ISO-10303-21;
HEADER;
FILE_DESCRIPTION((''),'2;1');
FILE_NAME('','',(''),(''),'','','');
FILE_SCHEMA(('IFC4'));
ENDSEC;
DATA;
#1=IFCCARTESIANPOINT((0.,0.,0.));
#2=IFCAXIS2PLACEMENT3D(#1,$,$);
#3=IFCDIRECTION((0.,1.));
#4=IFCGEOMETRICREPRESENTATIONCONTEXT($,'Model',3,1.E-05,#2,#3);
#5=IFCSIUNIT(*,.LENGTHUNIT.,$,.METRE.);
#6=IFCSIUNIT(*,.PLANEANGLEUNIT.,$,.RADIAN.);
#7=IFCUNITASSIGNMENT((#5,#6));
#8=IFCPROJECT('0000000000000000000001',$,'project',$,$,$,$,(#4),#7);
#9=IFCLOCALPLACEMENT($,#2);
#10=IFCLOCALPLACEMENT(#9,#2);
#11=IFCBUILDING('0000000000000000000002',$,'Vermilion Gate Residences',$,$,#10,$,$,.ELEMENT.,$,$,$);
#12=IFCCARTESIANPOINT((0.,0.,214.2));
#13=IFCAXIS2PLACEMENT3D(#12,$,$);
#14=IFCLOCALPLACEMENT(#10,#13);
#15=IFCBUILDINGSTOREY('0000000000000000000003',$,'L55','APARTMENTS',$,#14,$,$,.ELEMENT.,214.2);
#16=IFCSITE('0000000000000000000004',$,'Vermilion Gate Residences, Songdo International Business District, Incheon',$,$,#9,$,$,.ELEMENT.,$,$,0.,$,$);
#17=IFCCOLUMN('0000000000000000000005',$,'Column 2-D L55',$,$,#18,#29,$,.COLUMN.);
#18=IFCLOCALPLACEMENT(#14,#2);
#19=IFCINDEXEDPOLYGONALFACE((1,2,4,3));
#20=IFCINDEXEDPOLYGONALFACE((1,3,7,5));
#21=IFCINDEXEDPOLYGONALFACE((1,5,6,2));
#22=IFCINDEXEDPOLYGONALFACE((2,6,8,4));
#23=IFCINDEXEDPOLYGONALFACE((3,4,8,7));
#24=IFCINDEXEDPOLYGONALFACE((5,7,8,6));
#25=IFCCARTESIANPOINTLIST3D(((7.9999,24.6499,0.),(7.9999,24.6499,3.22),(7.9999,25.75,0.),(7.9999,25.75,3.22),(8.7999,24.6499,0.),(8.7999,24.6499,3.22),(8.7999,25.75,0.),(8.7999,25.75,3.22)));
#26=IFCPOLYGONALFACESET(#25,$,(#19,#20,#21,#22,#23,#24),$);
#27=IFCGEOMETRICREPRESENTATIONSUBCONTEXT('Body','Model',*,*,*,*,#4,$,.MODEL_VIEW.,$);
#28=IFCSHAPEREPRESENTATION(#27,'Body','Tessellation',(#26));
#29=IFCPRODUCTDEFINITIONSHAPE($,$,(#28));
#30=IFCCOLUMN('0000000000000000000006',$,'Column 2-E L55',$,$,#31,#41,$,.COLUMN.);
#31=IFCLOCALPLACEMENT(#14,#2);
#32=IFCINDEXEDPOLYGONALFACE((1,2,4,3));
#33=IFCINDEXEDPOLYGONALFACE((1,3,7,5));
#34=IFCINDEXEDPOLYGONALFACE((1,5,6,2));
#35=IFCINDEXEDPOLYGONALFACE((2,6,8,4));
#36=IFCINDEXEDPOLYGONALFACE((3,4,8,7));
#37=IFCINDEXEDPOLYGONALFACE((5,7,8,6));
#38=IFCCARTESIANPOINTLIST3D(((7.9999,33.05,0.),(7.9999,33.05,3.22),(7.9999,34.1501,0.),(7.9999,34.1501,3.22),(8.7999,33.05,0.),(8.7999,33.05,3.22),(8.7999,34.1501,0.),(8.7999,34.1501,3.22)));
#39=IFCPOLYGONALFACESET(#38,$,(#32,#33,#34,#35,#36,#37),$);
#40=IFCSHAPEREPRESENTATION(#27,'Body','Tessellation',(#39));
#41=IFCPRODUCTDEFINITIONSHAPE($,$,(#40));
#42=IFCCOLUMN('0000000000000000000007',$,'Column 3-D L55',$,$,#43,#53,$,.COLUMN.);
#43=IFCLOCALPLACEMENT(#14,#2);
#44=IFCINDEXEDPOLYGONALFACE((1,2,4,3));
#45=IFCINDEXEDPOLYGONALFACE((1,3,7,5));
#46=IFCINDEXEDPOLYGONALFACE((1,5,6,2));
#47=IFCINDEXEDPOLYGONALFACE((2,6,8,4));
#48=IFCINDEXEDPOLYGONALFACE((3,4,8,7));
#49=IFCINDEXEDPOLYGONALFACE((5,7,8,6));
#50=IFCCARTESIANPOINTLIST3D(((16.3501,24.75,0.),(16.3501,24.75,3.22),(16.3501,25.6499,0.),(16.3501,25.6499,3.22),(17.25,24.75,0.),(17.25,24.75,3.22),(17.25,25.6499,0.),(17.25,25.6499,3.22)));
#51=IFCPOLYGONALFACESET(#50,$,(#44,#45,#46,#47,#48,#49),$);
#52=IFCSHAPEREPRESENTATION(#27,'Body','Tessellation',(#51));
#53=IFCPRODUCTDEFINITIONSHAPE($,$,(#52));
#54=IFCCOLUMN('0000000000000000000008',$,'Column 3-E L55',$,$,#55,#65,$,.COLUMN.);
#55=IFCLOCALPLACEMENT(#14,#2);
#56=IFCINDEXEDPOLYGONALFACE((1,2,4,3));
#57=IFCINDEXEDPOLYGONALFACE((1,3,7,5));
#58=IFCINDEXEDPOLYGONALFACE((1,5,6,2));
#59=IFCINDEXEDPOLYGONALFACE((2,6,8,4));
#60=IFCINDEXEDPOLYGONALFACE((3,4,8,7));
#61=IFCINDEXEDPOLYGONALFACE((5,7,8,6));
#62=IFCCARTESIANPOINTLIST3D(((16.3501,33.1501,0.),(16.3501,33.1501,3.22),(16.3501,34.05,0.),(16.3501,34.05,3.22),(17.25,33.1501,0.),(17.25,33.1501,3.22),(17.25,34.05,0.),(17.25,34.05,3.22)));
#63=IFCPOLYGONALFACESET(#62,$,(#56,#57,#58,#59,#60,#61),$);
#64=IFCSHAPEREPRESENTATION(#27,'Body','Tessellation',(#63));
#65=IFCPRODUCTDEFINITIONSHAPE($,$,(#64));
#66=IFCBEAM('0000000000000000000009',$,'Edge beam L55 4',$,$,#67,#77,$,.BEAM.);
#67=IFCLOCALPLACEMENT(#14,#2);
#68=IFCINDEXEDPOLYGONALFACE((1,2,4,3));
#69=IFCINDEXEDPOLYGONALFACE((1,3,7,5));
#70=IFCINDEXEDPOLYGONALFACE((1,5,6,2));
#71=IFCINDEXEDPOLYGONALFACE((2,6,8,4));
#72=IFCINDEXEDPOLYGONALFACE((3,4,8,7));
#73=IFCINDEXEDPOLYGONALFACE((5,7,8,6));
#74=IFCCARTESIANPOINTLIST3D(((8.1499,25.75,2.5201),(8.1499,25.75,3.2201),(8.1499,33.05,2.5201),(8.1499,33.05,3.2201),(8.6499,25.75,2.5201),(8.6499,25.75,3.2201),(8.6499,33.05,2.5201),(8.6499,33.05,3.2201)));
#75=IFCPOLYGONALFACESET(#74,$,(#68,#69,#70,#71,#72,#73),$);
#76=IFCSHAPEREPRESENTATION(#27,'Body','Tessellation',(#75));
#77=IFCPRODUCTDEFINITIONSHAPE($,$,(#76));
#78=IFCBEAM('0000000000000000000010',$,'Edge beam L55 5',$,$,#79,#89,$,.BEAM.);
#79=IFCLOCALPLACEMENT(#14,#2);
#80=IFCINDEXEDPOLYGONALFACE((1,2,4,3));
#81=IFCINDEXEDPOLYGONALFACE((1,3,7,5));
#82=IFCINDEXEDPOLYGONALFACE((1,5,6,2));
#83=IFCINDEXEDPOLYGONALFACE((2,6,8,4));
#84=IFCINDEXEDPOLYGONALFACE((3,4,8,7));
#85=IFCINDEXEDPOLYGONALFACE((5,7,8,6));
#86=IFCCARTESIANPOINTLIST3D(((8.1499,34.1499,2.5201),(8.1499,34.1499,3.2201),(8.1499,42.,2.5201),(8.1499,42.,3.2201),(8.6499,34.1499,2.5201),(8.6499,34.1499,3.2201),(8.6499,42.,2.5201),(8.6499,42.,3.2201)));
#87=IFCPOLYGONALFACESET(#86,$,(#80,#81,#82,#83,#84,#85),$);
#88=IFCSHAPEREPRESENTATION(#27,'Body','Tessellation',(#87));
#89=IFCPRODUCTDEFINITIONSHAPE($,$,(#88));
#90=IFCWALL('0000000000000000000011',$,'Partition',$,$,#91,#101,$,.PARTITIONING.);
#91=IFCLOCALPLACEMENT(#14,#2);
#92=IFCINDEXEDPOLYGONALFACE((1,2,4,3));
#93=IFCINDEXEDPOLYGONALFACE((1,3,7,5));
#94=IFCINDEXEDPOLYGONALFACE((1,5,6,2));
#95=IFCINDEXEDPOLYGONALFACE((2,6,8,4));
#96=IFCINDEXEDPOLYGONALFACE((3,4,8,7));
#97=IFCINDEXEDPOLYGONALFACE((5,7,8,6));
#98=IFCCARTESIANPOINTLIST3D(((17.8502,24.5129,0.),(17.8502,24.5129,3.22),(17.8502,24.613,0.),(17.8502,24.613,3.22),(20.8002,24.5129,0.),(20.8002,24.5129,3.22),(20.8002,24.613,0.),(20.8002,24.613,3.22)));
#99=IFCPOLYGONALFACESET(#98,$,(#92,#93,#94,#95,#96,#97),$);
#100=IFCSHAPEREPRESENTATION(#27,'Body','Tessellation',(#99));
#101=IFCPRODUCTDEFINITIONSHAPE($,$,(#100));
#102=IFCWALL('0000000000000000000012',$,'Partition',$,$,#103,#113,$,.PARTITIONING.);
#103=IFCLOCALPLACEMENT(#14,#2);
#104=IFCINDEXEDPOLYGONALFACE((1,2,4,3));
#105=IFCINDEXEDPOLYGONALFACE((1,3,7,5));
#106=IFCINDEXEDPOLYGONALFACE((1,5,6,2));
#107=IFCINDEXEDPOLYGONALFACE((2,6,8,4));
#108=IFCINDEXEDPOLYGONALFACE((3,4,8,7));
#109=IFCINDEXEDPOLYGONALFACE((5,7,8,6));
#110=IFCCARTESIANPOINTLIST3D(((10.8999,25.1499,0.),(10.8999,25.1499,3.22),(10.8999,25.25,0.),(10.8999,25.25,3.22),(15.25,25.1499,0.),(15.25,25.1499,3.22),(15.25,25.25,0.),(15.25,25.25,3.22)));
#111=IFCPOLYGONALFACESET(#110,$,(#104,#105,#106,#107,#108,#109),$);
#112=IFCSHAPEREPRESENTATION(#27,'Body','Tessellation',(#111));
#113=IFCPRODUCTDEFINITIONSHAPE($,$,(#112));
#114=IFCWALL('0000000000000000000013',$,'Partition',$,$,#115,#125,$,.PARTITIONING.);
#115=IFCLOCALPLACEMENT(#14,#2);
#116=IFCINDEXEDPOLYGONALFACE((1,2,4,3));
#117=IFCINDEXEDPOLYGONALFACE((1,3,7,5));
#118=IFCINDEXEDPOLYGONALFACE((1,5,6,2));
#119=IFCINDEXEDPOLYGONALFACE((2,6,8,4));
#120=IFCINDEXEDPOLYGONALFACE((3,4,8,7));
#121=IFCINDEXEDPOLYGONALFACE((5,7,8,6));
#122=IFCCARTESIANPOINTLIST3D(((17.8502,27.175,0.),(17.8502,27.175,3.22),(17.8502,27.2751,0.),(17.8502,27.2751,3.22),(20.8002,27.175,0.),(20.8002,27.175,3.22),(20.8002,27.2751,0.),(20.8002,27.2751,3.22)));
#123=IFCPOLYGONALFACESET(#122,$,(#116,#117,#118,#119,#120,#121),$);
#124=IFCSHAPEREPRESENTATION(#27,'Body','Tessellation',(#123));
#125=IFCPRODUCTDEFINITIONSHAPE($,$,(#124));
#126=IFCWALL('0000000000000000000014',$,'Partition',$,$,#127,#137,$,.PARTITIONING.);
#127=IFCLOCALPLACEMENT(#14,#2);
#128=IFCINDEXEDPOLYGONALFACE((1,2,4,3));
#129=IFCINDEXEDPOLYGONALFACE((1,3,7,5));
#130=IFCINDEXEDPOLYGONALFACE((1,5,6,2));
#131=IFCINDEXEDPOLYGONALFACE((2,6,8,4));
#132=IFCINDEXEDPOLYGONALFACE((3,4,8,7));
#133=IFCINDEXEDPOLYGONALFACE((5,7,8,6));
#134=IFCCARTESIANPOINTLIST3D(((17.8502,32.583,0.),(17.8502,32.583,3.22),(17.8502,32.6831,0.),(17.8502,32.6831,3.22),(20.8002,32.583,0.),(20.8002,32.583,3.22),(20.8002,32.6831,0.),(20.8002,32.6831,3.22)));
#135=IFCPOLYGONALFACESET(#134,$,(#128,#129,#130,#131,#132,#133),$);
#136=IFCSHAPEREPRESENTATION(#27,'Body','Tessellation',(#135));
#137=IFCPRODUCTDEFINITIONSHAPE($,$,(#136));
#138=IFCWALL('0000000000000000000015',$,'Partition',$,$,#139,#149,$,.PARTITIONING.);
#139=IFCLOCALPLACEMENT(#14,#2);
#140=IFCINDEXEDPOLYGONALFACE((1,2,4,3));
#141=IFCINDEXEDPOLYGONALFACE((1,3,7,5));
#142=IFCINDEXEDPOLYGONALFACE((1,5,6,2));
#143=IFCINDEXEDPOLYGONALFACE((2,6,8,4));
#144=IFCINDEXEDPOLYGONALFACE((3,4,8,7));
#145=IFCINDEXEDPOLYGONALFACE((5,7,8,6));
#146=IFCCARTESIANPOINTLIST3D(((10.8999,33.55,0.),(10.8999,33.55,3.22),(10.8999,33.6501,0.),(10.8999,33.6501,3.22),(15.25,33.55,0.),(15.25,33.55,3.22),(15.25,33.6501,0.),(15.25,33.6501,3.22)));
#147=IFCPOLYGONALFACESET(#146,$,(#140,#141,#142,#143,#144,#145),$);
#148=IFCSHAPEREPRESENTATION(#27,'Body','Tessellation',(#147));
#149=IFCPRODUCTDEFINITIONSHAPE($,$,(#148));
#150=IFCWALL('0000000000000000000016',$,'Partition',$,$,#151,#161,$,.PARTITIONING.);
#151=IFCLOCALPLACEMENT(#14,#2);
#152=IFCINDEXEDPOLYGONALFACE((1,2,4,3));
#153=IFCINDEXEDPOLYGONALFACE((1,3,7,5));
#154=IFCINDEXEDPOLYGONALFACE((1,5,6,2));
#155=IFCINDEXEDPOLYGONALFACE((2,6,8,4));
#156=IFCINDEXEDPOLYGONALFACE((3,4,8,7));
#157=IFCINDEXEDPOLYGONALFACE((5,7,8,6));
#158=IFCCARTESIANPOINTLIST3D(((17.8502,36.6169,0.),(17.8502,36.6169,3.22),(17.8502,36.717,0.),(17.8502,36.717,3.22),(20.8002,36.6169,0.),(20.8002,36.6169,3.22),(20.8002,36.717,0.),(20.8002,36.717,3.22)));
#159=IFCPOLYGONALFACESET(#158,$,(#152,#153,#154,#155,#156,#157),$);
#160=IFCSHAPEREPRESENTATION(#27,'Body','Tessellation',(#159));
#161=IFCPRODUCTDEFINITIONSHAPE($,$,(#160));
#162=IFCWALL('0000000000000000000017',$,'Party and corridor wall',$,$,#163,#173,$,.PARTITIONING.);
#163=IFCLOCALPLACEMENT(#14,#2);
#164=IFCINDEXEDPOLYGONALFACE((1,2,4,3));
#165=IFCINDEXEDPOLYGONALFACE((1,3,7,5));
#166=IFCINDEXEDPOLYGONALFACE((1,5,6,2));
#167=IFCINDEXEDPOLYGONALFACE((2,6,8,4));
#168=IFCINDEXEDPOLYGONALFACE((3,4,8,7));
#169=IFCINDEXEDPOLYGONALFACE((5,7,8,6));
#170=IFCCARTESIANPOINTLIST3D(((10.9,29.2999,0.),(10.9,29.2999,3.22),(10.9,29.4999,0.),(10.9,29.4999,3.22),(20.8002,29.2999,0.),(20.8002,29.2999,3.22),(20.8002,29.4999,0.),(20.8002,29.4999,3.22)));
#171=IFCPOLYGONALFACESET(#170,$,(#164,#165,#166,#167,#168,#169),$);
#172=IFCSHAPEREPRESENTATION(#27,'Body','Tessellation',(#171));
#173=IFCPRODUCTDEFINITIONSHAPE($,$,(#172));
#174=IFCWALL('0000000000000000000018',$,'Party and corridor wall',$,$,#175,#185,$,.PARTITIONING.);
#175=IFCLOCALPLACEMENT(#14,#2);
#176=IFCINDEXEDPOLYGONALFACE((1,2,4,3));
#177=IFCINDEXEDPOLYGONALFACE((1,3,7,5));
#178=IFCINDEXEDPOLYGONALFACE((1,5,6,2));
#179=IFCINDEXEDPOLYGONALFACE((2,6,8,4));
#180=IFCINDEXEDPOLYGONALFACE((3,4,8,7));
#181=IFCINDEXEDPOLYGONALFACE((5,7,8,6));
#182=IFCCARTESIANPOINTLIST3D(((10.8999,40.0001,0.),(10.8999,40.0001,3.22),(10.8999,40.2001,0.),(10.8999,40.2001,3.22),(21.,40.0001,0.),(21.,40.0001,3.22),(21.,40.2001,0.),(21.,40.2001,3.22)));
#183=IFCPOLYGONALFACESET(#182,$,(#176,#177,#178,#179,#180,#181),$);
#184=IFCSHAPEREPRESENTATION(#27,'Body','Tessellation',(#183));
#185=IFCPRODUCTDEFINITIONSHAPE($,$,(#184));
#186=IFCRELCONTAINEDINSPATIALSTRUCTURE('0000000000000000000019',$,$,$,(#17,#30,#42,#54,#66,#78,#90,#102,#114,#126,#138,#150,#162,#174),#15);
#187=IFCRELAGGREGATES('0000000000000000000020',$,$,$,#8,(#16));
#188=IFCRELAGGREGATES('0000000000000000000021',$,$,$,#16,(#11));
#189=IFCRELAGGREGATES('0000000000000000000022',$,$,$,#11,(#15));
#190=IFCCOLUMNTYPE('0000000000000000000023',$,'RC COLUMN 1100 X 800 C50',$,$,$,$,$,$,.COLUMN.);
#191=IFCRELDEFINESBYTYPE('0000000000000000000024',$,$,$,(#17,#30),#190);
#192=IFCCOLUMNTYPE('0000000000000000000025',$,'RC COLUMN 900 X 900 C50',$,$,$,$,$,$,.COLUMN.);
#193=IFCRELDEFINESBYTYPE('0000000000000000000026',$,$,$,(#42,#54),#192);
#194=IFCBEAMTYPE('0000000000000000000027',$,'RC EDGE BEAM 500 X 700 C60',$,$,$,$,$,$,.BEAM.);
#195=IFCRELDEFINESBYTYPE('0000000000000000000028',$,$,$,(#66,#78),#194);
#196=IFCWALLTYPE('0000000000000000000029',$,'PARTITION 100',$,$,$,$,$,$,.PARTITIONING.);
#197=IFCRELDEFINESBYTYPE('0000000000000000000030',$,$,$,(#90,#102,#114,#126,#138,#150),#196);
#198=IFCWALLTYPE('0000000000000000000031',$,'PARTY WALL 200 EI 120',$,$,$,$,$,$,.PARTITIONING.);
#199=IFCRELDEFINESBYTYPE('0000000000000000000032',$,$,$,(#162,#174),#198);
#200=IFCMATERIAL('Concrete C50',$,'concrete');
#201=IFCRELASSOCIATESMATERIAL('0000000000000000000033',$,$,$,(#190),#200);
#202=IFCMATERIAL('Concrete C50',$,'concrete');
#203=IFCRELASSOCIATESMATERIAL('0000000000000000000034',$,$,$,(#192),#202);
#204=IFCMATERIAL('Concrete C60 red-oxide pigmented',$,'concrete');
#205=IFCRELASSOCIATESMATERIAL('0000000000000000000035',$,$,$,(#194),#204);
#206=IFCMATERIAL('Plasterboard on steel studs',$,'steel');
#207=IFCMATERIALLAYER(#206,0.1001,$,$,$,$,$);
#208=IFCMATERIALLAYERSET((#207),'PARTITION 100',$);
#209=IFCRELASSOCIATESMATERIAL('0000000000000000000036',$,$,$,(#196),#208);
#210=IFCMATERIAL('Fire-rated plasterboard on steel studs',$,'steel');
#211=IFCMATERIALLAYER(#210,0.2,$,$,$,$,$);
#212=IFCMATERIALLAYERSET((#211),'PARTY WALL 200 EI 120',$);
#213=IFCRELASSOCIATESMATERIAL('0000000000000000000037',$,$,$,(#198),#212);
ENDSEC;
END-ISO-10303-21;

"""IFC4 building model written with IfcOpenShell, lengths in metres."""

from ifc_helpers import new_model, si_unit, direction, frame, frame_2d, origin, origin_2d, place, context, subcontext, project, spatial, rectangle, extrude, material, layer, layer_set, material_profile, profile_set, type_object, element, save


model = new_model("IFC4")

# Units and contexts
model_context = context("Model", 3, precision=1e-05, world=origin(), true_north=direction((0.0, 1.0)))
body_context = subcontext(model_context, "Body", "Model", "MODEL_VIEW")
ifc_project = project(units=[si_unit("LENGTHUNIT", "METRE"), si_unit("PLANEANGLEUNIT", "RADIAN")], contexts=[model_context])

# Site, building, storey
site_placement = place(None, origin())
site = spatial("IfcSite", under=ifc_project, at=site_placement, Name="Vermilion Gate Residences, Songdo International Business District, Incheon", CompositionType="ELEMENT", RefElevation=0.0)
building_placement = place(site_placement, origin())
building = spatial("IfcBuilding", under=site, at=building_placement, Name="Vermilion Gate Residences", CompositionType="ELEMENT")
storey_placement = place(building_placement, frame((0.0, 0.0, 214.2)))
storey = spatial("IfcBuildingStorey", under=building, at=storey_placement, Name="L55", Description="APARTMENTS", CompositionType="ELEMENT", Elevation=214.2)

# Columns
ifc_material_1 = material(Name="Concrete C50", Category="concrete")
ifc_material_profile_1 = material_profile(ifc_material_1, rectangle(XDim=1.1001, YDim=0.8, at=origin_2d()), Name="RC-1100x800")
ifc_profile_set_1 = profile_set([ifc_material_profile_1], Name="Concrete C50")
column_type_1 = type_object("IfcColumnType", Name="RC COLUMN 1100 X 800 C50", PredefinedType="COLUMN", material=ifc_profile_set_1)
for number, where, z_axis, x_axis, name in (
    (1, (8.3999, 25.2, 0.0), (0.0, 0.0, 1.0), (0.0, 1.0, 0.0), "Column 2-D L55"),
    (2, (8.3999, 33.6001, 0.0), (0.0, 0.0, 1.0), (0.0, 1.0, 0.0), "Column 2-E L55"),
):
    element("IfcColumn", number, at=place(storey_placement, frame(where, z_axis=z_axis, x_axis=x_axis)), inside=storey, type_object=column_type_1, Name=name, PredefinedType="COLUMN", context=body_context, shape_type="SweptSolid", body=[
        extrude(rectangle(XDim=1.1001, YDim=0.8, at=origin_2d()), origin(), (0.0, 0.0, 1.0), 3.22),
    ])
ifc_material_2 = material(Name="Concrete C50", Category="concrete")
ifc_material_profile_2 = material_profile(ifc_material_2, rectangle(XDim=0.8999, YDim=0.8999, at=origin_2d()), Name="RC-900x900")
ifc_profile_set_2 = profile_set([ifc_material_profile_2], Name="Concrete C50")
column_type_2 = type_object("IfcColumnType", Name="RC COLUMN 900 X 900 C50", PredefinedType="COLUMN", material=ifc_profile_set_2)
for number, where, z_axis, x_axis, name in (
    (3, (16.8, 25.2, 0.0), (0.0, 0.0, 1.0), (1.0, 0.0, 0.0), "Column 3-D L55"),
    (4, (16.8, 33.6001, 0.0), (0.0, 0.0, 1.0), (1.0, 0.0, 0.0), "Column 3-E L55"),
):
    element("IfcColumn", number, at=place(storey_placement, frame(where, z_axis=z_axis, x_axis=x_axis)), inside=storey, type_object=column_type_2, Name=name, PredefinedType="COLUMN", context=body_context, shape_type="SweptSolid", body=[
        extrude(rectangle(XDim=0.8999, YDim=0.8999, at=origin_2d()), origin(), (0.0, 0.0, 1.0), 3.22),
    ])

# Beams
ifc_material_3 = material(Name="Concrete C60 red-oxide pigmented", Category="concrete")
ifc_material_profile_3 = material_profile(ifc_material_3, rectangle(XDim=0.5, YDim=0.7, at=origin_2d()), Name="RC-500x700")
ifc_profile_set_3 = profile_set([ifc_material_profile_3], Name="Concrete C60 red-oxide pigmented")
beam_type = type_object("IfcBeamType", Name="RC EDGE BEAM 500 X 700 C60", PredefinedType="BEAM", material=ifc_profile_set_3)
beam_1_placement = place(storey_placement, frame((8.3999, 25.75, 2.8701), z_axis=(0.0, 1.0, 0.0), x_axis=(-1.0, 0.0, 0.0)))
element("IfcBeam", 5, at=beam_1_placement, inside=storey, type_object=beam_type, Name="Edge beam L55 4", PredefinedType="BEAM", context=body_context, shape_type="SweptSolid", body=[
    extrude(rectangle(XDim=0.5, YDim=0.7, at=origin_2d()), origin(), (0.0, 0.0, 1.0), 7.3),
])
beam_2_placement = place(storey_placement, frame((8.3999, 34.1499, 2.8701), z_axis=(0.0, 1.0, 0.0), x_axis=(-1.0, 0.0, 0.0)))
element("IfcBeam", 6, at=beam_2_placement, inside=storey, type_object=beam_type, Name="Edge beam L55 5", PredefinedType="BEAM", context=body_context, shape_type="SweptSolid", body=[
    extrude(rectangle(XDim=0.5, YDim=0.7, at=origin_2d()), origin(), (0.0, 0.0, 1.0), 7.8501),
])

# Walls
ifc_material_4 = material(Name="Plasterboard on steel studs", Category="steel")
ifc_layer_1 = layer(ifc_material_4, 0.1001)
ifc_layer_set_1 = layer_set([ifc_layer_1], Name="PARTITION 100")
wall_type_1 = type_object("IfcWallType", Name="PARTITION 100", PredefinedType="PARTITIONING", material=ifc_layer_set_1)
wall_1_placement = place(storey_placement, frame((17.8501, 24.563, 0.0), z_axis=(0.0, 0.0, 1.0), x_axis=(1.0, 0.0, 0.0)))
element("IfcWall", 7, at=wall_1_placement, inside=storey, type_object=wall_type_1, Name="Partition", PredefinedType="PARTITIONING", context=body_context, shape_type="SweptSolid", body=[
    extrude(rectangle(XDim=2.95, YDim=0.1001, at=frame_2d((1.4751, 0.0))), origin(), (0.0, 0.0, 1.0), 3.22),
])
wall_2_placement = place(storey_placement, frame((10.8999, 25.2, 0.0), z_axis=(0.0, 0.0, 1.0), x_axis=(1.0, 0.0, 0.0)))
element("IfcWall", 8, at=wall_2_placement, inside=storey, type_object=wall_type_1, Name="Partition", PredefinedType="PARTITIONING", context=body_context, shape_type="SweptSolid", body=[
    extrude(rectangle(XDim=4.3501, YDim=0.1001, at=frame_2d((2.175, 0.0))), origin(), (0.0, 0.0, 1.0), 3.22),
])
for number, where, z_axis, x_axis, name in (
    (9, (17.8501, 27.2251, 0.0), (0.0, 0.0, 1.0), (1.0, 0.0, 0.0), "Partition"),
    (10, (17.8501, 32.6331, 0.0), (0.0, 0.0, 1.0), (1.0, 0.0, 0.0), "Partition"),
):
    element("IfcWall", number, at=place(storey_placement, frame(where, z_axis=z_axis, x_axis=x_axis)), inside=storey, type_object=wall_type_1, Name=name, PredefinedType="PARTITIONING", context=body_context, shape_type="SweptSolid", body=[
        extrude(rectangle(XDim=2.95, YDim=0.1001, at=frame_2d((1.4751, 0.0))), origin(), (0.0, 0.0, 1.0), 3.22),
    ])
wall_3_placement = place(storey_placement, frame((10.8999, 33.6001, 0.0), z_axis=(0.0, 0.0, 1.0), x_axis=(1.0, 0.0, 0.0)))
element("IfcWall", 11, at=wall_3_placement, inside=storey, type_object=wall_type_1, Name="Partition", PredefinedType="PARTITIONING", context=body_context, shape_type="SweptSolid", body=[
    extrude(rectangle(XDim=4.3501, YDim=0.1001, at=frame_2d((2.175, 0.0))), origin(), (0.0, 0.0, 1.0), 3.22),
])
wall_4_placement = place(storey_placement, frame((17.8501, 36.667, 0.0), z_axis=(0.0, 0.0, 1.0), x_axis=(1.0, 0.0, 0.0)))
element("IfcWall", 12, at=wall_4_placement, inside=storey, type_object=wall_type_1, Name="Partition", PredefinedType="PARTITIONING", context=body_context, shape_type="SweptSolid", body=[
    extrude(rectangle(XDim=2.95, YDim=0.1001, at=frame_2d((1.4751, 0.0))), origin(), (0.0, 0.0, 1.0), 3.22),
])
ifc_material_5 = material(Name="Fire-rated plasterboard on steel studs", Category="steel")
ifc_layer_2 = layer(ifc_material_5, 0.2)
ifc_layer_set_2 = layer_set([ifc_layer_2], Name="PARTY WALL 200 EI 120")
wall_type_2 = type_object("IfcWallType", Name="PARTY WALL 200 EI 120", PredefinedType="PARTITIONING", material=ifc_layer_set_2)
wall_5_placement = place(storey_placement, frame((10.8999, 29.3999, 0.0), z_axis=(0.0, 0.0, 1.0), x_axis=(1.0, 0.0, 0.0)))
element("IfcWall", 13, at=wall_5_placement, inside=storey, type_object=wall_type_2, Name="Party and corridor wall", PredefinedType="PARTITIONING", context=body_context, shape_type="SweptSolid", body=[
    extrude(rectangle(XDim=9.9001, YDim=0.2, at=frame_2d((4.9502, 0.0))), origin(), (0.0, 0.0, 1.0), 3.22),
])
wall_6_placement = place(storey_placement, frame((10.8999, 40.1001, 0.0), z_axis=(0.0, 0.0, 1.0), x_axis=(1.0, 0.0, 0.0)))
element("IfcWall", 14, at=wall_6_placement, inside=storey, type_object=wall_type_2, Name="Party and corridor wall", PredefinedType="PARTITIONING", context=body_context, shape_type="SweptSolid", body=[
    extrude(rectangle(XDim=10.1001, YDim=0.2, at=frame_2d((5.05, 0.0))), origin(), (0.0, 0.0, 1.0), 3.22),
])

save(model, "model.ifc")
